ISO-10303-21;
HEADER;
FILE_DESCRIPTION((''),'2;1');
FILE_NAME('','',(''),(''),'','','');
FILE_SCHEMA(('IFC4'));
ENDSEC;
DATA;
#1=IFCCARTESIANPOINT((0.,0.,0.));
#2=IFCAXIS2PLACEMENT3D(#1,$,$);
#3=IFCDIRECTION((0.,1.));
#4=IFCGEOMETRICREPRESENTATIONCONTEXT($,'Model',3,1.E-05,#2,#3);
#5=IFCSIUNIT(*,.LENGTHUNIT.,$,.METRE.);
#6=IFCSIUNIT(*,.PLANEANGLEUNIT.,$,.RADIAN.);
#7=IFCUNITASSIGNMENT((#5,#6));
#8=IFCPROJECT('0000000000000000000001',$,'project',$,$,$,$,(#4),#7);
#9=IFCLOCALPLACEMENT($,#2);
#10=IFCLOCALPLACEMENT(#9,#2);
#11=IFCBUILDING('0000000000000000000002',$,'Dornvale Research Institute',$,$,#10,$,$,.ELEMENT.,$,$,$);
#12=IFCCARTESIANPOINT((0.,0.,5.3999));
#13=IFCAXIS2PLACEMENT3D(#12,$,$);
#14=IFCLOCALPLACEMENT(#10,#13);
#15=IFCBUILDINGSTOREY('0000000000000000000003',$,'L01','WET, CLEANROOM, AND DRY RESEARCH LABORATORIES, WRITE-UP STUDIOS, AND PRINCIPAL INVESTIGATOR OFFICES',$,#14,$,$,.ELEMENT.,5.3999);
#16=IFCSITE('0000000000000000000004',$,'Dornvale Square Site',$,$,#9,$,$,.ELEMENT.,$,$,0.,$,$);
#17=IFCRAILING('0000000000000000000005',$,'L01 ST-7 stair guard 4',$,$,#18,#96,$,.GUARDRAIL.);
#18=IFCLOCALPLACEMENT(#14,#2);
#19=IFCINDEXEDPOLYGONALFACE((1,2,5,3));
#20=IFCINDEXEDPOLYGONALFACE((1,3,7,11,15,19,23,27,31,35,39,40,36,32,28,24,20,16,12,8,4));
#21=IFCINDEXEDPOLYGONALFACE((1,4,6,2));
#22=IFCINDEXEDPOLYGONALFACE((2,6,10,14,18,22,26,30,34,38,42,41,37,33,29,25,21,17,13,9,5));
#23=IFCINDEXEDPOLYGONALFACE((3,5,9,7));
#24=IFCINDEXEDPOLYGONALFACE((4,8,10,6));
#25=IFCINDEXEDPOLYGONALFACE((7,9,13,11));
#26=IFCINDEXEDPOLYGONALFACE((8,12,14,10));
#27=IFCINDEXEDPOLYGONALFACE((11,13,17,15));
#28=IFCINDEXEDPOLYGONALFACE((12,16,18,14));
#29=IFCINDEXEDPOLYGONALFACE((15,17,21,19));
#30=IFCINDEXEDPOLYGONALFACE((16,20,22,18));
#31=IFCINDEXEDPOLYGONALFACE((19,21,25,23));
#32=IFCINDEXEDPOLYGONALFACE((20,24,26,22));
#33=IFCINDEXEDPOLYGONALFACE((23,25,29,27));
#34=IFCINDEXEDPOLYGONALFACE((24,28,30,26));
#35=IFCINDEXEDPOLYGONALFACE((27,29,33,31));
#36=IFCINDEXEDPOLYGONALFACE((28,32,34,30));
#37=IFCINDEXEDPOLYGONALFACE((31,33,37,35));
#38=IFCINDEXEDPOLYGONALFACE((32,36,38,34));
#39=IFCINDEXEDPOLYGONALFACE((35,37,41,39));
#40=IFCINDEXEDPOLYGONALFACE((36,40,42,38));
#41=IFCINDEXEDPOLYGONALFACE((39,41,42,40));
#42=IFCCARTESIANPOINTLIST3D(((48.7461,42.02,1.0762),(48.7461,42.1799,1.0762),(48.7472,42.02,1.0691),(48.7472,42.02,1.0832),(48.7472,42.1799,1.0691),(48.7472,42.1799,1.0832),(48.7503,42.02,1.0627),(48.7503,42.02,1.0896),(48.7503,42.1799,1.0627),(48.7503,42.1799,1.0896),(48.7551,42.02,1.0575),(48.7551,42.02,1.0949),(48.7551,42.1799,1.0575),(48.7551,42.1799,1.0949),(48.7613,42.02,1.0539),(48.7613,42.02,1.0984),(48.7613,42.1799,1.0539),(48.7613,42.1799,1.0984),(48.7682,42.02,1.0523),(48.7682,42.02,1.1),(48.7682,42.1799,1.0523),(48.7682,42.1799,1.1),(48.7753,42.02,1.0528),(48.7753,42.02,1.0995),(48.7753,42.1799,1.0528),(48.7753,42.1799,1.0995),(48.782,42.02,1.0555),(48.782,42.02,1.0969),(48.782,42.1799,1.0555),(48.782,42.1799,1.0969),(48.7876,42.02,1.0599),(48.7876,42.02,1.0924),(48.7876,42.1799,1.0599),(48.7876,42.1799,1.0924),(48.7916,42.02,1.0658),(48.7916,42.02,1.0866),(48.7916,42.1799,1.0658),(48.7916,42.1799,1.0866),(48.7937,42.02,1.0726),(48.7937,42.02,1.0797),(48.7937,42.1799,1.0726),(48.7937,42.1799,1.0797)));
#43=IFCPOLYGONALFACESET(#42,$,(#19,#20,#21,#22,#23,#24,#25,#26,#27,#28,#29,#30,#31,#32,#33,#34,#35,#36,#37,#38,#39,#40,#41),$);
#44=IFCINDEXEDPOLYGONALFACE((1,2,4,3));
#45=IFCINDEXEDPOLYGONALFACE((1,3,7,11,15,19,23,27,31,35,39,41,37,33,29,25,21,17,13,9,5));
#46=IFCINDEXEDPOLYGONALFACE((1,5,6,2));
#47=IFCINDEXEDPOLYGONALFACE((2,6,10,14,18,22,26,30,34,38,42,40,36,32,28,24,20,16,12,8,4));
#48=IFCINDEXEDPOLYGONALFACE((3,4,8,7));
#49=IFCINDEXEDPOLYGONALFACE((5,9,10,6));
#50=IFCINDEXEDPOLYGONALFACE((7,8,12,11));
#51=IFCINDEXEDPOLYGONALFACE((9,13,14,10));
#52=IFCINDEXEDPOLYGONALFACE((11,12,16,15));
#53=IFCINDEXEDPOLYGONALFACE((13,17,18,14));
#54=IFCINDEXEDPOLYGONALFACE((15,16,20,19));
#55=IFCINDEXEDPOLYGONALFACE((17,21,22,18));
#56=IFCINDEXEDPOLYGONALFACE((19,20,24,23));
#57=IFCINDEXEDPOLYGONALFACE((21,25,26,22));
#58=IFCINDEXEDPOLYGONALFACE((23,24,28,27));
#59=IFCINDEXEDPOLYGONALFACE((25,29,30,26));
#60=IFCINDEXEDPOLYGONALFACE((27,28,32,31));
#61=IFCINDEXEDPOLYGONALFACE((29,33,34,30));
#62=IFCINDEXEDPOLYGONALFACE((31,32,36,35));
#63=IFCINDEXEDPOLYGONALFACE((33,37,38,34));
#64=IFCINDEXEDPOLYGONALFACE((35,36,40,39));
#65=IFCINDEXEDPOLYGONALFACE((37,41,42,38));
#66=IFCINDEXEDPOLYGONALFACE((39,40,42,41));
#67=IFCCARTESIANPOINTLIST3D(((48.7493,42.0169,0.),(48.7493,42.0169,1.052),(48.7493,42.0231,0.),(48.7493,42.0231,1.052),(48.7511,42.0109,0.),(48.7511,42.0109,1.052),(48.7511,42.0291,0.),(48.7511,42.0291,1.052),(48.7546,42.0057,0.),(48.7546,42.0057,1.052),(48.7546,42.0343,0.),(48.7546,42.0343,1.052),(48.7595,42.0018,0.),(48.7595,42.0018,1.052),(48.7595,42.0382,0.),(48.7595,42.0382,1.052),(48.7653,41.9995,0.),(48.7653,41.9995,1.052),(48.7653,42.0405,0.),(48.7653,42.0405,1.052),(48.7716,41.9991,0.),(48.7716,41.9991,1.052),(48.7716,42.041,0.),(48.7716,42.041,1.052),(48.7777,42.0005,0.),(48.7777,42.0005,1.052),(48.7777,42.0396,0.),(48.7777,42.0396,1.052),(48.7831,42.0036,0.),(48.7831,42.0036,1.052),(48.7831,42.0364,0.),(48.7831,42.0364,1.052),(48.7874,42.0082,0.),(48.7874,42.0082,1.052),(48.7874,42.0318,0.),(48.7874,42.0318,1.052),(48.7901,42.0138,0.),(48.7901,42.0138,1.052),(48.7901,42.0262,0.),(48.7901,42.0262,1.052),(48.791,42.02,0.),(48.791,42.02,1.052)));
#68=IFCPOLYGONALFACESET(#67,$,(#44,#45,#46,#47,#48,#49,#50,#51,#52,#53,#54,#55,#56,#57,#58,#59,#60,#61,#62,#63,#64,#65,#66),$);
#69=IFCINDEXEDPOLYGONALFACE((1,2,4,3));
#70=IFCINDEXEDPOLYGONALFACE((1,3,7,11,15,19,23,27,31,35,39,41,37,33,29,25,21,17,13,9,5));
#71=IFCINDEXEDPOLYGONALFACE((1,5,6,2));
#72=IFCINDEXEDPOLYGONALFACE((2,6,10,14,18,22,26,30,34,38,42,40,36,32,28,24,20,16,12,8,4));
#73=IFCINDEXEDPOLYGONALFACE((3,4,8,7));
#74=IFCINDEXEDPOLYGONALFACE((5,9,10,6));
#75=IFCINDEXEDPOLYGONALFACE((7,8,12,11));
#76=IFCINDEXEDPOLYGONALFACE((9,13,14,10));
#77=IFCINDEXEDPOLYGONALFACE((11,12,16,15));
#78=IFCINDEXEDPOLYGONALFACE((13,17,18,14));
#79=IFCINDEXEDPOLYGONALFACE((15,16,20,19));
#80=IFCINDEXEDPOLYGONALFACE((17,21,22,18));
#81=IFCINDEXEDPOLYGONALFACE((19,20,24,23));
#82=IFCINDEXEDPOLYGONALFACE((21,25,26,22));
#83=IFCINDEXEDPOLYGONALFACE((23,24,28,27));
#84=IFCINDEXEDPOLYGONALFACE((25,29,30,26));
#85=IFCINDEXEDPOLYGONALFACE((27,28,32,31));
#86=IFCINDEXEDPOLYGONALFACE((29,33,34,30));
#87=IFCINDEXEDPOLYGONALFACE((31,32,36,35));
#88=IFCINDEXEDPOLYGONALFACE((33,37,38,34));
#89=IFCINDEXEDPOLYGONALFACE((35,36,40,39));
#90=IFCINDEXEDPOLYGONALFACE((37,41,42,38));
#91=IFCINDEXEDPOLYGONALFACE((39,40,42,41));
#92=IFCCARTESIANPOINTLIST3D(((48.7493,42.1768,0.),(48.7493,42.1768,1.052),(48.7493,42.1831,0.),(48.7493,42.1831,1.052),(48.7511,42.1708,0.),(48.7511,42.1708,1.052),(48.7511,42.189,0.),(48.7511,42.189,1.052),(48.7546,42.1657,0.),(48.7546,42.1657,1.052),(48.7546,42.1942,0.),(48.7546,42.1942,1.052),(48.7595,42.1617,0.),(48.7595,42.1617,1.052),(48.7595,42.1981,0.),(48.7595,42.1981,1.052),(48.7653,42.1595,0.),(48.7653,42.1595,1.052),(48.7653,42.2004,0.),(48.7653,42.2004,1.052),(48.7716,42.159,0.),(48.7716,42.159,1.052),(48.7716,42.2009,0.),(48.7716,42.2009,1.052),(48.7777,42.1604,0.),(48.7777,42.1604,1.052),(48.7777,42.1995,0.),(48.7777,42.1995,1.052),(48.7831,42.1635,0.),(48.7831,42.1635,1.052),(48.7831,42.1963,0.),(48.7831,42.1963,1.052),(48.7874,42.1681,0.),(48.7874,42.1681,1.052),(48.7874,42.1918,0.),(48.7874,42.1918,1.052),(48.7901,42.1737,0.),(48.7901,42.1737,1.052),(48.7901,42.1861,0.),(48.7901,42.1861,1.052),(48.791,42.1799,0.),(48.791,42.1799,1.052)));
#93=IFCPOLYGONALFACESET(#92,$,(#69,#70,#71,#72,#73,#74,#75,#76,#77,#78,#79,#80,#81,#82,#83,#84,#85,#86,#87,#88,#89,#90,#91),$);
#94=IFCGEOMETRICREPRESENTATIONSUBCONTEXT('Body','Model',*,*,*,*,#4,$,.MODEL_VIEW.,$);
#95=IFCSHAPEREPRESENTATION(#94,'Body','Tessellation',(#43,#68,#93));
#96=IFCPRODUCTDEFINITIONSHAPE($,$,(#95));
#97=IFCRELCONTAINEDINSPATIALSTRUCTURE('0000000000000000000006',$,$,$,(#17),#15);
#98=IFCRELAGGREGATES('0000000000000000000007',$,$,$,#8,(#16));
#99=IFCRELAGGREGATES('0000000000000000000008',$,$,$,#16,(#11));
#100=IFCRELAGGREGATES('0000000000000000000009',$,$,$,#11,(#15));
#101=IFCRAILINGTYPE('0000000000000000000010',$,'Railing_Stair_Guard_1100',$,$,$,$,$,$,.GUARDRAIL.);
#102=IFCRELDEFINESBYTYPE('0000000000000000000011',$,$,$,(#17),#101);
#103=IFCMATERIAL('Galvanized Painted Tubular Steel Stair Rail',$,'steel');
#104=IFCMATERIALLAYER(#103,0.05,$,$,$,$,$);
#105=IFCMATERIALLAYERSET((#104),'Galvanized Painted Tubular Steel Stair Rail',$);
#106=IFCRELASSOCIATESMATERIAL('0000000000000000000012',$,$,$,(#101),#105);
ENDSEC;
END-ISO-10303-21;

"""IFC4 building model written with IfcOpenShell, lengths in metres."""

from ifc_helpers import new_model, si_unit, direction, frame, origin, origin_2d, place, context, subcontext, project, spatial, circle, extrude, material, layer, layer_set, type_object, element, save


model = new_model("IFC4")

# Units and contexts
model_context = context("Model", 3, precision=1e-05, world=origin(), true_north=direction((0.0, 1.0)))
body_context = subcontext(model_context, "Body", "Model", "MODEL_VIEW")
ifc_project = project(units=[si_unit("LENGTHUNIT", "METRE"), si_unit("PLANEANGLEUNIT", "RADIAN")], contexts=[model_context])

# Site, building, storey
site_placement = place(None, origin())
site = spatial("IfcSite", under=ifc_project, at=site_placement, Name="Dornvale Square Site", CompositionType="ELEMENT", RefElevation=0.0)
building_placement = place(site_placement, origin())
building = spatial("IfcBuilding", under=site, at=building_placement, Name="Dornvale Research Institute", CompositionType="ELEMENT")
storey_placement = place(building_placement, frame((0.0, 0.0, 5.3999)))
storey = spatial("IfcBuildingStorey", under=building, at=storey_placement, Name="L01", Description="WET, CLEANROOM, AND DRY RESEARCH LABORATORIES, WRITE-UP STUDIOS, AND PRINCIPAL INVESTIGATOR OFFICES", CompositionType="ELEMENT", Elevation=5.3999)

# Railing
ifc_material_1 = material(Name="Galvanized Painted Tubular Steel Stair Rail", Category="steel")
ifc_layer_1 = layer(ifc_material_1, 0.05)
ifc_layer_set_1 = layer_set([ifc_layer_1], Name="Galvanized Painted Tubular Steel Stair Rail")
railing_type_1 = type_object("IfcRailingType", Name="Railing_Stair_Guard_1100", PredefinedType="GUARDRAIL", material=ifc_layer_set_1)
railing_1_placement = place(storey_placement, frame((48.77, 42.02, 0.0)))
element("IfcRailing", 1, at=railing_1_placement, inside=storey, type_object=railing_type_1, Name="L01 ST-7 stair guard 4", PredefinedType="GUARDRAIL", context=body_context, shape_type="SweptSolid", body=[
    extrude(circle(Radius=0.0239, at=origin_2d()), frame((0.0, 0.0, 1.0762), z_axis=(0.0, 1.0, 0.0), x_axis=(-1.0, 0.0, 0.0)), (0.0, 0.0, 1.0), 0.1599),
    extrude(circle(Radius=0.021, at=origin_2d()), origin(), (0.0, 0.0, 1.0), 1.052),
    extrude(circle(Radius=0.021, at=origin_2d()), frame((0.0, 0.1599, 0.0)), (0.0, 0.0, 1.0), 1.052),
])

save(model, "model.ifc")
